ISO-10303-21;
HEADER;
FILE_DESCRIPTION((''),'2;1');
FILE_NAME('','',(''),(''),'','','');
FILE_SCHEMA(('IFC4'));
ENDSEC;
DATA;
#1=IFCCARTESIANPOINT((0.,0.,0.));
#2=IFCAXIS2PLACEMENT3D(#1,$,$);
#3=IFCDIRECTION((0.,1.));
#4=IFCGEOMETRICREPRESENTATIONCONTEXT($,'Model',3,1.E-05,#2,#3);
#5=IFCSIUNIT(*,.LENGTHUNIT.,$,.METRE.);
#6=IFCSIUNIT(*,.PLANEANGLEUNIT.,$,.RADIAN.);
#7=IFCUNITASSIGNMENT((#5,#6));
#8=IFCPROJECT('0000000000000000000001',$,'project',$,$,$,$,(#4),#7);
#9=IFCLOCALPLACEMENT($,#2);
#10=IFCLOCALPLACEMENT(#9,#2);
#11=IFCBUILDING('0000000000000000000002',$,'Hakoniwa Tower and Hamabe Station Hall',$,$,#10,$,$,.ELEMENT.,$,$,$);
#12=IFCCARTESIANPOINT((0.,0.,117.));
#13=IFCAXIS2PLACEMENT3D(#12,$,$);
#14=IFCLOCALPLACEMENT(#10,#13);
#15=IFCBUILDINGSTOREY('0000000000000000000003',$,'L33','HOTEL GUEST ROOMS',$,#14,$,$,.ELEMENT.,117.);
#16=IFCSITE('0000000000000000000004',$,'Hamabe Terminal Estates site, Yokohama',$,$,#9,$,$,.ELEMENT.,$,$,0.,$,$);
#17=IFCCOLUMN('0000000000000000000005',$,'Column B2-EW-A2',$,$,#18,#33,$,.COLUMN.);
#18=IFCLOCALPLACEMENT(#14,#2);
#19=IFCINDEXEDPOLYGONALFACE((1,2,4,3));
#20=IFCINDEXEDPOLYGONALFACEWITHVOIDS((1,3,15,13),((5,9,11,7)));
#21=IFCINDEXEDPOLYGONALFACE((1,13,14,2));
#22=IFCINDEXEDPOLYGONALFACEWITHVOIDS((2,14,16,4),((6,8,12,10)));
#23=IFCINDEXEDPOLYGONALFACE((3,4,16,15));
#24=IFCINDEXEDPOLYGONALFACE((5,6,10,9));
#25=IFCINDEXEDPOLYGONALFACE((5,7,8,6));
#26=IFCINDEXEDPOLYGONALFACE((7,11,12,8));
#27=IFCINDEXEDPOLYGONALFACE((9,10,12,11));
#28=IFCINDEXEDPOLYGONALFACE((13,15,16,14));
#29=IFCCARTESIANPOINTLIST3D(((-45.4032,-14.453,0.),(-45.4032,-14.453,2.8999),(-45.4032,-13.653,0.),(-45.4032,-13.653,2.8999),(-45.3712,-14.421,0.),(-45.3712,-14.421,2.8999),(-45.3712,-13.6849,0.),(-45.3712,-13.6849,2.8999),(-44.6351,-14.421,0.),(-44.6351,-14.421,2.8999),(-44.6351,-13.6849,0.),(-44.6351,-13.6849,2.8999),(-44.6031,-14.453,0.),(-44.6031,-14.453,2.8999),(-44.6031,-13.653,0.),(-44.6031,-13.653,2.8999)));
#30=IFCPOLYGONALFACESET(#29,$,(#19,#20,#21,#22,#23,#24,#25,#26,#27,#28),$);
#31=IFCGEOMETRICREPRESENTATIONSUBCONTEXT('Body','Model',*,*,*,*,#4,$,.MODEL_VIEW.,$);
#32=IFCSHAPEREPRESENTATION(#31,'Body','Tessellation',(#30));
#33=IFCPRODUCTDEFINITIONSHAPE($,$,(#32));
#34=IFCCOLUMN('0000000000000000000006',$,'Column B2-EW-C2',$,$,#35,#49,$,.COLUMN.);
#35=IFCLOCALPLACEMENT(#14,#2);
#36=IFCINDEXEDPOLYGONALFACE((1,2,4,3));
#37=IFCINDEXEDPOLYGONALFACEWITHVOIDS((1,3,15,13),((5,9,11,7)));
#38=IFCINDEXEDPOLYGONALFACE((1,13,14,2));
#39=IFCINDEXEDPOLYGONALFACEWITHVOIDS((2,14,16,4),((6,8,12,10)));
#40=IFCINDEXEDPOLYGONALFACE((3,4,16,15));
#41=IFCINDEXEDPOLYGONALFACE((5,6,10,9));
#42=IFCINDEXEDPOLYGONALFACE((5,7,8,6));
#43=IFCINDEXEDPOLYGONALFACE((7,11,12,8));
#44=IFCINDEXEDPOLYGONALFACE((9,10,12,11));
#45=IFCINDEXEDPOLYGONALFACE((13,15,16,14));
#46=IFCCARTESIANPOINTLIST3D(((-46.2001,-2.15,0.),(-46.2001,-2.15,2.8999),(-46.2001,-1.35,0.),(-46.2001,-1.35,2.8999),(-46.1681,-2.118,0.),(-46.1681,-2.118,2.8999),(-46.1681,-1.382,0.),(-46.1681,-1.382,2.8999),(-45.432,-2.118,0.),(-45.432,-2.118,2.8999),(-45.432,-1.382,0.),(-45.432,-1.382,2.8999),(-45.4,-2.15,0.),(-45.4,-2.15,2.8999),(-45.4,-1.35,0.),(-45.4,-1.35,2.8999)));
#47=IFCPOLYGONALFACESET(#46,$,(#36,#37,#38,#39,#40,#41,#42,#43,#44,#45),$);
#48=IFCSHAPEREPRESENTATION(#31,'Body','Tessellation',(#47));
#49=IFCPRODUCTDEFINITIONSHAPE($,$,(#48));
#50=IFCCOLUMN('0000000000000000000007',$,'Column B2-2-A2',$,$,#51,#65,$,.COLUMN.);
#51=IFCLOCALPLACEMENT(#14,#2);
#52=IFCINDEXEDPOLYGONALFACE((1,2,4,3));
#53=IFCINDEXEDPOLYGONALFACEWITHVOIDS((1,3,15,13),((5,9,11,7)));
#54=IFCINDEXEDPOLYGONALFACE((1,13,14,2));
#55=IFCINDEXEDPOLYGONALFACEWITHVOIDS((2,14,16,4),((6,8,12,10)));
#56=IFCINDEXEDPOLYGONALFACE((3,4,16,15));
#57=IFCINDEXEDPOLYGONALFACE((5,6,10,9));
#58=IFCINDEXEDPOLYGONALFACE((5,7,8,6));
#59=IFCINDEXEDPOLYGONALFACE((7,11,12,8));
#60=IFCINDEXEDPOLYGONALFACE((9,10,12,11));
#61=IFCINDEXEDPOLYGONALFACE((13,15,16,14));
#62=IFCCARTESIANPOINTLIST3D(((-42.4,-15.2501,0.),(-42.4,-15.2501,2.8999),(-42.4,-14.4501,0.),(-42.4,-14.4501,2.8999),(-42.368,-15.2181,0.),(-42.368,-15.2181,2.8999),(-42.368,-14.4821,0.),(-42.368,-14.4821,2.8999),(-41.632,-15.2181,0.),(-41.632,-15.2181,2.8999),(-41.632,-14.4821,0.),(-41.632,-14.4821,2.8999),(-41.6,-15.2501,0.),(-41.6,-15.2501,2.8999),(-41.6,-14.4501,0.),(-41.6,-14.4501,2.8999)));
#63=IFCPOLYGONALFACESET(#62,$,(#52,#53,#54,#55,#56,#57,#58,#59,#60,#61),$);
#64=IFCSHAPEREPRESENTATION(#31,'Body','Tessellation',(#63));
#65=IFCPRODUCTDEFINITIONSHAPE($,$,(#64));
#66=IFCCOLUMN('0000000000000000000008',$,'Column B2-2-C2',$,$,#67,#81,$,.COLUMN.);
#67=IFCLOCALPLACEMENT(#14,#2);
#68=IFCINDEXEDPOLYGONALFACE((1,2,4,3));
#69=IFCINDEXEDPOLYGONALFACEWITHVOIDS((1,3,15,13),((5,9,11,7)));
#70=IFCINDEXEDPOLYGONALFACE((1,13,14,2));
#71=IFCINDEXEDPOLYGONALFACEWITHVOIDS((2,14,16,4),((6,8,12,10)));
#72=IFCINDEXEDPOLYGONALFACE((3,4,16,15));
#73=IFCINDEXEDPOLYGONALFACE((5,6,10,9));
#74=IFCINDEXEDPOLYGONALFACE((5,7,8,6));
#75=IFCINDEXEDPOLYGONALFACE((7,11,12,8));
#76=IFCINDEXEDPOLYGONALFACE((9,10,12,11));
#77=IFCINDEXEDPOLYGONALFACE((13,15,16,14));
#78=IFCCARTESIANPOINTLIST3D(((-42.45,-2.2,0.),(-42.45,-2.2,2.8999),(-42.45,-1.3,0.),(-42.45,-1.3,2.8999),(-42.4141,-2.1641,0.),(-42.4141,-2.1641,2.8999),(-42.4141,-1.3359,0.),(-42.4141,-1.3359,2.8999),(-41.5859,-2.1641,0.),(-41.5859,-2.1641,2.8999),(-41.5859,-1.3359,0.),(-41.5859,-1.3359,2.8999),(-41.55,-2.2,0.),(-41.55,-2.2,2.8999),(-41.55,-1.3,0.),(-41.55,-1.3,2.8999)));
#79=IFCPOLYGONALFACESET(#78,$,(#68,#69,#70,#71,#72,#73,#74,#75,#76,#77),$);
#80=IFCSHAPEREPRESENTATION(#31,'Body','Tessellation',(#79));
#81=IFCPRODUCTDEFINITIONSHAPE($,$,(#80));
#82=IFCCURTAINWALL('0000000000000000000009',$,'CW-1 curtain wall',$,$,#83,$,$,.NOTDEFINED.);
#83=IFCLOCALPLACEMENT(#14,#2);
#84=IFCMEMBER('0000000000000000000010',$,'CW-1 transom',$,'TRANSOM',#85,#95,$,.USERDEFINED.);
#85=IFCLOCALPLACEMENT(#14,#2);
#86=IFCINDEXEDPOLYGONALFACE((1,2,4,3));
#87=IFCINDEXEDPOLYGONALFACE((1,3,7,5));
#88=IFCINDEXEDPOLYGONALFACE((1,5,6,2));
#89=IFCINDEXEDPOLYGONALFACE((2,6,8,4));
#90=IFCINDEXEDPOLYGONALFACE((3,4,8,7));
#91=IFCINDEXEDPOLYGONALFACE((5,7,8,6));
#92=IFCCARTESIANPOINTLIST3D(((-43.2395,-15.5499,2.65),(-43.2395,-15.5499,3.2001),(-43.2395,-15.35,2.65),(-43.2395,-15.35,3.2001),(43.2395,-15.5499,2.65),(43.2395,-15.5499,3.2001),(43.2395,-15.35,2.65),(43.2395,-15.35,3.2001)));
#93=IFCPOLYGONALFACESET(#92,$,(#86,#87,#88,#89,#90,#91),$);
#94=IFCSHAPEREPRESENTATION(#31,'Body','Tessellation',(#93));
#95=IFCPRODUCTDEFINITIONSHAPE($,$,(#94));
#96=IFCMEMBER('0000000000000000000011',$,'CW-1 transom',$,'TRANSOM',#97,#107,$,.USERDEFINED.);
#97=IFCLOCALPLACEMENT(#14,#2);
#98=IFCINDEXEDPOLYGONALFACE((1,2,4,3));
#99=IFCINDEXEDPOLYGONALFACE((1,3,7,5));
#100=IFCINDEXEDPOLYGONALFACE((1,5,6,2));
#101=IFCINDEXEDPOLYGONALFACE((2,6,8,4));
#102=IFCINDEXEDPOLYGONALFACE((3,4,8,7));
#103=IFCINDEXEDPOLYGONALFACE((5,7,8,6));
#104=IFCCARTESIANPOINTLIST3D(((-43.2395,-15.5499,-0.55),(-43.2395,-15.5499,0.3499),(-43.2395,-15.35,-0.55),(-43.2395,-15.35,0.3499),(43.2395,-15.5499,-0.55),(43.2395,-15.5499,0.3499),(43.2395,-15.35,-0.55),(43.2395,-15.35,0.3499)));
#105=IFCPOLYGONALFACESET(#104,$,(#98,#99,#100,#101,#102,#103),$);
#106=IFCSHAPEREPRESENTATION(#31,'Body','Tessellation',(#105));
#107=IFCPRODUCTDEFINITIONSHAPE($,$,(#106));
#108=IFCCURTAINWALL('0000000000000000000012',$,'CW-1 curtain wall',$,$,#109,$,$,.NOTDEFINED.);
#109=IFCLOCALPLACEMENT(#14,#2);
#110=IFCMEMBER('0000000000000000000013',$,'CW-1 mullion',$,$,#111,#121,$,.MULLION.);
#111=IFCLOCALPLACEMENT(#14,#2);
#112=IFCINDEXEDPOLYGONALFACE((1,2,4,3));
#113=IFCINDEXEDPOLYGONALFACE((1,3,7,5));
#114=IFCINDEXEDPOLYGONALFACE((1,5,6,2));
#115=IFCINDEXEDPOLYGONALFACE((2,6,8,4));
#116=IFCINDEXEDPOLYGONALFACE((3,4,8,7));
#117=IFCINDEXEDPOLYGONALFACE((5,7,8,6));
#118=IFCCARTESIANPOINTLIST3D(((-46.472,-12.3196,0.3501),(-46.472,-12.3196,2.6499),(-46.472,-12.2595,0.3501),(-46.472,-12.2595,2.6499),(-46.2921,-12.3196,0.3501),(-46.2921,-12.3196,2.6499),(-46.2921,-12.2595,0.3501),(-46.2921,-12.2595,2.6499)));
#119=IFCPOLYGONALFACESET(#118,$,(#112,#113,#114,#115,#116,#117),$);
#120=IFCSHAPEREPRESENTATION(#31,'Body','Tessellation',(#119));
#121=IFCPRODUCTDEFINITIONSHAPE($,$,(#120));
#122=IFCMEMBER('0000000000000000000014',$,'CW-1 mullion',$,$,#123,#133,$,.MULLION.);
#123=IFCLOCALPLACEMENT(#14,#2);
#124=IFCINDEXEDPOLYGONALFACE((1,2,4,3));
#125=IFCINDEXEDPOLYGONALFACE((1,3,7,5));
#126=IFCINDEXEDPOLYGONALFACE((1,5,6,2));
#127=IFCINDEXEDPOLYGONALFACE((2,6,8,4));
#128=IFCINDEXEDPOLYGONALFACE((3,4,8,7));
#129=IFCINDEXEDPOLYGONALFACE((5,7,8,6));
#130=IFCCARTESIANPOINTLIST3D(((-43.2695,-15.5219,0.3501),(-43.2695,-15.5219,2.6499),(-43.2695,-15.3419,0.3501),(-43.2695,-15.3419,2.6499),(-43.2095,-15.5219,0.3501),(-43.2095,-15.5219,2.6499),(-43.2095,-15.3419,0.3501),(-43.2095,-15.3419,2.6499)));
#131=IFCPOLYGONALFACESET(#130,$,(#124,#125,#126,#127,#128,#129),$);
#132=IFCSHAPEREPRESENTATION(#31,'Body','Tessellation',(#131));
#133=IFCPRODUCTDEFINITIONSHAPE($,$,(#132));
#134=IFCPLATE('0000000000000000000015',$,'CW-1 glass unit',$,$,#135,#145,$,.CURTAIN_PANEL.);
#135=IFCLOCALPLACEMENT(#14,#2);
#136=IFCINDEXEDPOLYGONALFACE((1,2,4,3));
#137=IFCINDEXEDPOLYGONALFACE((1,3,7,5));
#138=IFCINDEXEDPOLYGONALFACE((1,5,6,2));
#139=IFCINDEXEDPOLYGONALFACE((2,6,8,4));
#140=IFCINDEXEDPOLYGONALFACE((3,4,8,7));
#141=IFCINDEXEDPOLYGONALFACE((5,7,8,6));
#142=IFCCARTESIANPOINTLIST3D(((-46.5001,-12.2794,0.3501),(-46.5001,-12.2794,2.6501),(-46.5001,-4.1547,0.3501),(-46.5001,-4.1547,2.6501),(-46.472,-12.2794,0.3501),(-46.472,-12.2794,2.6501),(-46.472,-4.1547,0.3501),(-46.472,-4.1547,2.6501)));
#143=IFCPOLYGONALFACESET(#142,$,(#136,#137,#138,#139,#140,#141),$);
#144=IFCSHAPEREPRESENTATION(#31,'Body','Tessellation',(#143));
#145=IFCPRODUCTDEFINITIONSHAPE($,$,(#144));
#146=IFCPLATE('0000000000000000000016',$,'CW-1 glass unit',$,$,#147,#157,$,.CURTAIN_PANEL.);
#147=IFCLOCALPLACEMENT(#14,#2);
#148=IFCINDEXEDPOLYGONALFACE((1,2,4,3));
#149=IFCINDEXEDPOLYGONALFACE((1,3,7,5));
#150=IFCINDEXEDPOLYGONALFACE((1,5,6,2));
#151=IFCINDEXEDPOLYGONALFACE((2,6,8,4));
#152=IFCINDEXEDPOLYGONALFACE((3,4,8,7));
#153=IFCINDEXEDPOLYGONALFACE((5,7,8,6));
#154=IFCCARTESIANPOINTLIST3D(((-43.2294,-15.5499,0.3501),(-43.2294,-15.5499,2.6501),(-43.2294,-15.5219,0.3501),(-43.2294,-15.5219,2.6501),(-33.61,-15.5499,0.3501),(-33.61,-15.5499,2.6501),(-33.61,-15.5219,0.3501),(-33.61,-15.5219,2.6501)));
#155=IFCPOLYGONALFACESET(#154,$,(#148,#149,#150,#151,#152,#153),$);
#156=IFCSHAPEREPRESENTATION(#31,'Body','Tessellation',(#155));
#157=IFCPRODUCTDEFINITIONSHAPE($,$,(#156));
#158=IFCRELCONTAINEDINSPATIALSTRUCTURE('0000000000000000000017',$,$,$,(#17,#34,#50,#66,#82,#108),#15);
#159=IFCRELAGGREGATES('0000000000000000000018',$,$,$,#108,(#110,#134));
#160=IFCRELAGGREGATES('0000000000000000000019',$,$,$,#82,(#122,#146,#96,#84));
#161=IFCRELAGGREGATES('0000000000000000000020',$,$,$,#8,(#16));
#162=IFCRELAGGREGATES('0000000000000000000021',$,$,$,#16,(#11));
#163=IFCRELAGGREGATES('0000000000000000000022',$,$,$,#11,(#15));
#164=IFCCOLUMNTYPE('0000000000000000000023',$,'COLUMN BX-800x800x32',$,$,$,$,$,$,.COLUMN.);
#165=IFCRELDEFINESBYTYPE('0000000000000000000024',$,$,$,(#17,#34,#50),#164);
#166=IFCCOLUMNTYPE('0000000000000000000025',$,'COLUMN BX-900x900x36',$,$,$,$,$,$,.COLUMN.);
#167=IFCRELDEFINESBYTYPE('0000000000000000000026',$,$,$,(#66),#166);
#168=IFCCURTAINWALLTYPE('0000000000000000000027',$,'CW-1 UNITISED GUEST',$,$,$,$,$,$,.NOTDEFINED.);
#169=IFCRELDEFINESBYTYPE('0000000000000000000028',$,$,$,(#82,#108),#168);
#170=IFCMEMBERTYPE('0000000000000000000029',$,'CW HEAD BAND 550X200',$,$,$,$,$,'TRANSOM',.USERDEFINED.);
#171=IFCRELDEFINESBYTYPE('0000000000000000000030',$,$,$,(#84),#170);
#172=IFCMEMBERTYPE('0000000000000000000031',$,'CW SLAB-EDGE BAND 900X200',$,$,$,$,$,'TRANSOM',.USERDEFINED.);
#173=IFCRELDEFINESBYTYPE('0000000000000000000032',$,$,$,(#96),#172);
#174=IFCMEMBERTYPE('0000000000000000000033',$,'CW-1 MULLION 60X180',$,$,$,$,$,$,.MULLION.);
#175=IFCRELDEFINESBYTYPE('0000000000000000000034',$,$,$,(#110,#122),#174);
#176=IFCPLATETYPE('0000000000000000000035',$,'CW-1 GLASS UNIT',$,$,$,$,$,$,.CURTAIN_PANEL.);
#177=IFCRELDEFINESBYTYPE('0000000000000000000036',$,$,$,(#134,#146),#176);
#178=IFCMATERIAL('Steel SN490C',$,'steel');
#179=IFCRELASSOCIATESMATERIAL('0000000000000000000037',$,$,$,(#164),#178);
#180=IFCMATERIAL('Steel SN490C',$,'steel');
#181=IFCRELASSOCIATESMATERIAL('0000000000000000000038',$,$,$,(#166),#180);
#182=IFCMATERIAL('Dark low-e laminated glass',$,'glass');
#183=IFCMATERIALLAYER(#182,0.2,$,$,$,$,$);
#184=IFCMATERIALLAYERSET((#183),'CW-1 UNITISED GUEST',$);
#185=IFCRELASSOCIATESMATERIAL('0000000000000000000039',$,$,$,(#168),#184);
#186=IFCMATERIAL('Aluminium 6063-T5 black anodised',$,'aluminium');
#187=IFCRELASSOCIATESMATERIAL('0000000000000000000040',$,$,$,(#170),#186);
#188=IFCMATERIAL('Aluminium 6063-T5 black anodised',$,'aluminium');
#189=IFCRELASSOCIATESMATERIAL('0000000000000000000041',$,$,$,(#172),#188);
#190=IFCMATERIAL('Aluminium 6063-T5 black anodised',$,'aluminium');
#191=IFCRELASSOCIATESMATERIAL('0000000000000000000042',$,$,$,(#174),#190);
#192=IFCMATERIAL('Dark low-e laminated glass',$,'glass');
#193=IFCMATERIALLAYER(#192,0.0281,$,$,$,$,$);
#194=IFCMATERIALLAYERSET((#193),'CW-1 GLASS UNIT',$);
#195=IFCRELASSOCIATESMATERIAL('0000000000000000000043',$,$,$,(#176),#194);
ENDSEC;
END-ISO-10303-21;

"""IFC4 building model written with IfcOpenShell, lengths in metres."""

from ifc_helpers import new_model, si_unit, direction, frame, origin, origin_2d, place, context, subcontext, project, spatial, rectangle, hollow_rectangle, extrude, material, layer, layer_set, material_profile, profile_set, type_object, element, aggregate, save


model = new_model("IFC4")

# Units and contexts
model_context = context("Model", 3, precision=1e-05, world=origin(), true_north=direction((0.0, 1.0)))
body_context = subcontext(model_context, "Body", "Model", "MODEL_VIEW")
ifc_project = project(units=[si_unit("LENGTHUNIT", "METRE"), si_unit("PLANEANGLEUNIT", "RADIAN")], contexts=[model_context])

# Site, building, storey
site_placement = place(None, origin())
site = spatial("IfcSite", under=ifc_project, at=site_placement, Name="Hamabe Terminal Estates site, Yokohama", CompositionType="ELEMENT", RefElevation=0.0)
building_placement = place(site_placement, origin())
building = spatial("IfcBuilding", under=site, at=building_placement, Name="Hakoniwa Tower and Hamabe Station Hall", CompositionType="ELEMENT")
storey_placement = place(building_placement, frame((0.0, 0.0, 117.0)))
storey = spatial("IfcBuildingStorey", under=building, at=storey_placement, Name="L33", Description="HOTEL GUEST ROOMS", CompositionType="ELEMENT", Elevation=117.0)

# Columns
ifc_material_1 = material(Name="Steel SN490C", Category="steel")
ifc_material_profile_1 = material_profile(ifc_material_1, hollow_rectangle(XDim=0.8, YDim=0.8, WallThickness=0.032, at=origin_2d()), Name="BX-800x800x32")
ifc_profile_set_1 = profile_set([ifc_material_profile_1], Name="Steel SN490C")
column_type_1 = type_object("IfcColumnType", Name="COLUMN BX-800x800x32", PredefinedType="COLUMN", material=ifc_profile_set_1)
for number, where, z_axis, x_axis, name in (
    (1, (-45.0032, -14.053, 0.0), (0.0, 0.0, 1.0), (1.0, 0.0, 0.0), "Column B2-EW-A2"),
    (2, (-45.8, -1.75, 0.0), (0.0, 0.0, 1.0), (1.0, 0.0, 0.0), "Column B2-EW-C2"),
    (3, (-42.0, -14.8501, 0.0), (0.0, 0.0, 1.0), (1.0, 0.0, 0.0), "Column B2-2-A2"),
):
    element("IfcColumn", number, at=place(storey_placement, frame(where, z_axis=z_axis, x_axis=x_axis)), inside=storey, type_object=column_type_1, Name=name, PredefinedType="COLUMN", context=body_context, shape_type="SweptSolid", body=[
        extrude(hollow_rectangle(XDim=0.8, YDim=0.8, WallThickness=0.032, at=origin_2d()), origin(), (0.0, 0.0, 1.0), 2.8999),
    ])
ifc_material_2 = material(Name="Steel SN490C", Category="steel")
ifc_material_profile_2 = material_profile(ifc_material_2, hollow_rectangle(XDim=0.8999, YDim=0.8999, WallThickness=0.0359, at=origin_2d()), Name="BX-900x900x36")
ifc_profile_set_2 = profile_set([ifc_material_profile_2], Name="Steel SN490C")
column_type_2 = type_object("IfcColumnType", Name="COLUMN BX-900x900x36", PredefinedType="COLUMN", material=ifc_profile_set_2)
column_placement = place(storey_placement, frame((-42.0, -1.75, 0.0), z_axis=(0.0, 0.0, 1.0), x_axis=(1.0, 0.0, 0.0)))
element("IfcColumn", 4, at=column_placement, inside=storey, type_object=column_type_2, Name="Column B2-2-C2", PredefinedType="COLUMN", context=body_context, shape_type="SweptSolid", body=[
    extrude(hollow_rectangle(XDim=0.8999, YDim=0.8999, WallThickness=0.0359, at=origin_2d()), origin(), (0.0, 0.0, 1.0), 2.8999),
])

# Curtain wall, members
ifc_material_3 = material(Name="Dark low-e laminated glass", Category="glass")
ifc_layer_1 = layer(ifc_material_3, 0.2)
ifc_layer_set_1 = layer_set([ifc_layer_1], Name="CW-1 UNITISED GUEST")
curtain_wall_type = type_object("IfcCurtainWallType", Name="CW-1 UNITISED GUEST", PredefinedType="NOTDEFINED", material=ifc_layer_set_1)
curtain_wall_1_placement = place(storey_placement, origin())
curtain_wall_1 = element("IfcCurtainWall", 5, at=curtain_wall_1_placement, inside=storey, type_object=curtain_wall_type, Name="CW-1 curtain wall", PredefinedType="NOTDEFINED")
ifc_material_4 = material(Name="Aluminium 6063-T5 black anodised", Category="aluminium")
ifc_material_profile_3 = material_profile(ifc_material_4, rectangle(XDim=0.2, YDim=0.55, at=origin_2d()), Name="CW HEAD BAND 550X200")
ifc_profile_set_3 = profile_set([ifc_material_profile_3], Name="Aluminium 6063-T5 black anodised")
member_type_1 = type_object("IfcMemberType", Name="CW HEAD BAND 550X200", ElementType="TRANSOM", PredefinedType="USERDEFINED", material=ifc_profile_set_3)
member_1_placement = place(storey_placement, frame((-43.2395, -15.45, 2.925), z_axis=(1.0, 0.0, 0.0), x_axis=(0.0, 1.0, 0.0)))
member_1 = element("IfcMember", 6, at=member_1_placement, type_object=member_type_1, Name="CW-1 transom", ObjectType="TRANSOM", PredefinedType="USERDEFINED", context=body_context, shape_type="SweptSolid", body=[
    extrude(rectangle(XDim=0.2, YDim=0.55, at=origin_2d()), origin(), (0.0, 0.0, 1.0), 86.479),
])
ifc_material_5 = material(Name="Aluminium 6063-T5 black anodised", Category="aluminium")
ifc_material_profile_4 = material_profile(ifc_material_5, rectangle(XDim=0.2, YDim=0.8999, at=origin_2d()), Name="CW SLAB-EDGE BAND 900X200")
ifc_profile_set_4 = profile_set([ifc_material_profile_4], Name="Aluminium 6063-T5 black anodised")
member_type_2 = type_object("IfcMemberType", Name="CW SLAB-EDGE BAND 900X200", ElementType="TRANSOM", PredefinedType="USERDEFINED", material=ifc_profile_set_4)
member_2_placement = place(storey_placement, frame((-43.2395, -15.45, -0.1001), z_axis=(1.0, 0.0, 0.0), x_axis=(0.0, 1.0, 0.0)))
member_2 = element("IfcMember", 7, at=member_2_placement, type_object=member_type_2, Name="CW-1 transom", ObjectType="TRANSOM", PredefinedType="USERDEFINED", context=body_context, shape_type="SweptSolid", body=[
    extrude(rectangle(XDim=0.2, YDim=0.8999, at=origin_2d()), origin(), (0.0, 0.0, 1.0), 86.479),
])

# Curtain wall, member
curtain_wall_2_placement = place(storey_placement, origin())
curtain_wall_2 = element("IfcCurtainWall", 8, at=curtain_wall_2_placement, inside=storey, type_object=curtain_wall_type, Name="CW-1 curtain wall", PredefinedType="NOTDEFINED")
ifc_material_6 = material(Name="Aluminium 6063-T5 black anodised", Category="aluminium")
ifc_material_profile_5 = material_profile(ifc_material_6, rectangle(XDim=0.0601, YDim=0.1799, at=origin_2d()), Name="CW-1 MULLION 60X180")
ifc_profile_set_5 = profile_set([ifc_material_profile_5], Name="Aluminium 6063-T5 black anodised")
member_type_3 = type_object("IfcMemberType", Name="CW-1 MULLION 60X180", PredefinedType="MULLION", material=ifc_profile_set_5)
member_3_placement = place(storey_placement, frame((-46.3821, -12.2896, 0.3501), z_axis=(0.0, 0.0, 1.0), x_axis=(0.0, -1.0, 0.0)))
member_3 = element("IfcMember", 9, at=member_3_placement, type_object=member_type_3, Name="CW-1 mullion", PredefinedType="MULLION", context=body_context, shape_type="SweptSolid", body=[
    extrude(rectangle(XDim=0.0601, YDim=0.1799, at=origin_2d()), origin(), (0.0, 0.0, 1.0), 2.2998),
])

# Member
member_4_placement = place(storey_placement, frame((-43.2395, -15.4319, 0.3501), z_axis=(0.0, 0.0, 1.0), x_axis=(1.0, 0.0, 0.0)))
member_4 = element("IfcMember", 10, at=member_4_placement, type_object=member_type_3, Name="CW-1 mullion", PredefinedType="MULLION", context=body_context, shape_type="SweptSolid", body=[
    extrude(rectangle(XDim=0.0601, YDim=0.1799, at=origin_2d()), origin(), (0.0, 0.0, 1.0), 2.2998),
])

# Plates
ifc_material_7 = material(Name="Dark low-e laminated glass", Category="glass")
ifc_layer_2 = layer(ifc_material_7, 0.0281)
ifc_layer_set_2 = layer_set([ifc_layer_2], Name="CW-1 GLASS UNIT")
plate_type = type_object("IfcPlateType", Name="CW-1 GLASS UNIT", PredefinedType="CURTAIN_PANEL", material=ifc_layer_set_2)
plate_1_placement = place(storey_placement, frame((-46.4861, -8.217, 0.3501), z_axis=(0.0, 0.0, 1.0), x_axis=(0.0, -1.0, 0.0)))
plate_1 = element("IfcPlate", 11, at=plate_1_placement, type_object=plate_type, Name="CW-1 glass unit", PredefinedType="CURTAIN_PANEL", context=body_context, shape_type="SweptSolid", body=[
    extrude(rectangle(XDim=8.1248, YDim=0.0281, at=origin_2d()), origin(), (0.0, 0.0, 1.0), 2.3),
])
aggregate(curtain_wall_2, [member_3, plate_1])
plate_2_placement = place(storey_placement, frame((-38.4197, -15.5359, 0.3501), z_axis=(0.0, 0.0, 1.0), x_axis=(1.0, 0.0, 0.0)))
plate_2 = element("IfcPlate", 12, at=plate_2_placement, type_object=plate_type, Name="CW-1 glass unit", PredefinedType="CURTAIN_PANEL", context=body_context, shape_type="SweptSolid", body=[
    extrude(rectangle(XDim=9.6194, YDim=0.0281, at=origin_2d()), origin(), (0.0, 0.0, 1.0), 2.3),
])
aggregate(curtain_wall_1, [member_4, plate_2, member_2, member_1])

save(model, "model.ifc")
